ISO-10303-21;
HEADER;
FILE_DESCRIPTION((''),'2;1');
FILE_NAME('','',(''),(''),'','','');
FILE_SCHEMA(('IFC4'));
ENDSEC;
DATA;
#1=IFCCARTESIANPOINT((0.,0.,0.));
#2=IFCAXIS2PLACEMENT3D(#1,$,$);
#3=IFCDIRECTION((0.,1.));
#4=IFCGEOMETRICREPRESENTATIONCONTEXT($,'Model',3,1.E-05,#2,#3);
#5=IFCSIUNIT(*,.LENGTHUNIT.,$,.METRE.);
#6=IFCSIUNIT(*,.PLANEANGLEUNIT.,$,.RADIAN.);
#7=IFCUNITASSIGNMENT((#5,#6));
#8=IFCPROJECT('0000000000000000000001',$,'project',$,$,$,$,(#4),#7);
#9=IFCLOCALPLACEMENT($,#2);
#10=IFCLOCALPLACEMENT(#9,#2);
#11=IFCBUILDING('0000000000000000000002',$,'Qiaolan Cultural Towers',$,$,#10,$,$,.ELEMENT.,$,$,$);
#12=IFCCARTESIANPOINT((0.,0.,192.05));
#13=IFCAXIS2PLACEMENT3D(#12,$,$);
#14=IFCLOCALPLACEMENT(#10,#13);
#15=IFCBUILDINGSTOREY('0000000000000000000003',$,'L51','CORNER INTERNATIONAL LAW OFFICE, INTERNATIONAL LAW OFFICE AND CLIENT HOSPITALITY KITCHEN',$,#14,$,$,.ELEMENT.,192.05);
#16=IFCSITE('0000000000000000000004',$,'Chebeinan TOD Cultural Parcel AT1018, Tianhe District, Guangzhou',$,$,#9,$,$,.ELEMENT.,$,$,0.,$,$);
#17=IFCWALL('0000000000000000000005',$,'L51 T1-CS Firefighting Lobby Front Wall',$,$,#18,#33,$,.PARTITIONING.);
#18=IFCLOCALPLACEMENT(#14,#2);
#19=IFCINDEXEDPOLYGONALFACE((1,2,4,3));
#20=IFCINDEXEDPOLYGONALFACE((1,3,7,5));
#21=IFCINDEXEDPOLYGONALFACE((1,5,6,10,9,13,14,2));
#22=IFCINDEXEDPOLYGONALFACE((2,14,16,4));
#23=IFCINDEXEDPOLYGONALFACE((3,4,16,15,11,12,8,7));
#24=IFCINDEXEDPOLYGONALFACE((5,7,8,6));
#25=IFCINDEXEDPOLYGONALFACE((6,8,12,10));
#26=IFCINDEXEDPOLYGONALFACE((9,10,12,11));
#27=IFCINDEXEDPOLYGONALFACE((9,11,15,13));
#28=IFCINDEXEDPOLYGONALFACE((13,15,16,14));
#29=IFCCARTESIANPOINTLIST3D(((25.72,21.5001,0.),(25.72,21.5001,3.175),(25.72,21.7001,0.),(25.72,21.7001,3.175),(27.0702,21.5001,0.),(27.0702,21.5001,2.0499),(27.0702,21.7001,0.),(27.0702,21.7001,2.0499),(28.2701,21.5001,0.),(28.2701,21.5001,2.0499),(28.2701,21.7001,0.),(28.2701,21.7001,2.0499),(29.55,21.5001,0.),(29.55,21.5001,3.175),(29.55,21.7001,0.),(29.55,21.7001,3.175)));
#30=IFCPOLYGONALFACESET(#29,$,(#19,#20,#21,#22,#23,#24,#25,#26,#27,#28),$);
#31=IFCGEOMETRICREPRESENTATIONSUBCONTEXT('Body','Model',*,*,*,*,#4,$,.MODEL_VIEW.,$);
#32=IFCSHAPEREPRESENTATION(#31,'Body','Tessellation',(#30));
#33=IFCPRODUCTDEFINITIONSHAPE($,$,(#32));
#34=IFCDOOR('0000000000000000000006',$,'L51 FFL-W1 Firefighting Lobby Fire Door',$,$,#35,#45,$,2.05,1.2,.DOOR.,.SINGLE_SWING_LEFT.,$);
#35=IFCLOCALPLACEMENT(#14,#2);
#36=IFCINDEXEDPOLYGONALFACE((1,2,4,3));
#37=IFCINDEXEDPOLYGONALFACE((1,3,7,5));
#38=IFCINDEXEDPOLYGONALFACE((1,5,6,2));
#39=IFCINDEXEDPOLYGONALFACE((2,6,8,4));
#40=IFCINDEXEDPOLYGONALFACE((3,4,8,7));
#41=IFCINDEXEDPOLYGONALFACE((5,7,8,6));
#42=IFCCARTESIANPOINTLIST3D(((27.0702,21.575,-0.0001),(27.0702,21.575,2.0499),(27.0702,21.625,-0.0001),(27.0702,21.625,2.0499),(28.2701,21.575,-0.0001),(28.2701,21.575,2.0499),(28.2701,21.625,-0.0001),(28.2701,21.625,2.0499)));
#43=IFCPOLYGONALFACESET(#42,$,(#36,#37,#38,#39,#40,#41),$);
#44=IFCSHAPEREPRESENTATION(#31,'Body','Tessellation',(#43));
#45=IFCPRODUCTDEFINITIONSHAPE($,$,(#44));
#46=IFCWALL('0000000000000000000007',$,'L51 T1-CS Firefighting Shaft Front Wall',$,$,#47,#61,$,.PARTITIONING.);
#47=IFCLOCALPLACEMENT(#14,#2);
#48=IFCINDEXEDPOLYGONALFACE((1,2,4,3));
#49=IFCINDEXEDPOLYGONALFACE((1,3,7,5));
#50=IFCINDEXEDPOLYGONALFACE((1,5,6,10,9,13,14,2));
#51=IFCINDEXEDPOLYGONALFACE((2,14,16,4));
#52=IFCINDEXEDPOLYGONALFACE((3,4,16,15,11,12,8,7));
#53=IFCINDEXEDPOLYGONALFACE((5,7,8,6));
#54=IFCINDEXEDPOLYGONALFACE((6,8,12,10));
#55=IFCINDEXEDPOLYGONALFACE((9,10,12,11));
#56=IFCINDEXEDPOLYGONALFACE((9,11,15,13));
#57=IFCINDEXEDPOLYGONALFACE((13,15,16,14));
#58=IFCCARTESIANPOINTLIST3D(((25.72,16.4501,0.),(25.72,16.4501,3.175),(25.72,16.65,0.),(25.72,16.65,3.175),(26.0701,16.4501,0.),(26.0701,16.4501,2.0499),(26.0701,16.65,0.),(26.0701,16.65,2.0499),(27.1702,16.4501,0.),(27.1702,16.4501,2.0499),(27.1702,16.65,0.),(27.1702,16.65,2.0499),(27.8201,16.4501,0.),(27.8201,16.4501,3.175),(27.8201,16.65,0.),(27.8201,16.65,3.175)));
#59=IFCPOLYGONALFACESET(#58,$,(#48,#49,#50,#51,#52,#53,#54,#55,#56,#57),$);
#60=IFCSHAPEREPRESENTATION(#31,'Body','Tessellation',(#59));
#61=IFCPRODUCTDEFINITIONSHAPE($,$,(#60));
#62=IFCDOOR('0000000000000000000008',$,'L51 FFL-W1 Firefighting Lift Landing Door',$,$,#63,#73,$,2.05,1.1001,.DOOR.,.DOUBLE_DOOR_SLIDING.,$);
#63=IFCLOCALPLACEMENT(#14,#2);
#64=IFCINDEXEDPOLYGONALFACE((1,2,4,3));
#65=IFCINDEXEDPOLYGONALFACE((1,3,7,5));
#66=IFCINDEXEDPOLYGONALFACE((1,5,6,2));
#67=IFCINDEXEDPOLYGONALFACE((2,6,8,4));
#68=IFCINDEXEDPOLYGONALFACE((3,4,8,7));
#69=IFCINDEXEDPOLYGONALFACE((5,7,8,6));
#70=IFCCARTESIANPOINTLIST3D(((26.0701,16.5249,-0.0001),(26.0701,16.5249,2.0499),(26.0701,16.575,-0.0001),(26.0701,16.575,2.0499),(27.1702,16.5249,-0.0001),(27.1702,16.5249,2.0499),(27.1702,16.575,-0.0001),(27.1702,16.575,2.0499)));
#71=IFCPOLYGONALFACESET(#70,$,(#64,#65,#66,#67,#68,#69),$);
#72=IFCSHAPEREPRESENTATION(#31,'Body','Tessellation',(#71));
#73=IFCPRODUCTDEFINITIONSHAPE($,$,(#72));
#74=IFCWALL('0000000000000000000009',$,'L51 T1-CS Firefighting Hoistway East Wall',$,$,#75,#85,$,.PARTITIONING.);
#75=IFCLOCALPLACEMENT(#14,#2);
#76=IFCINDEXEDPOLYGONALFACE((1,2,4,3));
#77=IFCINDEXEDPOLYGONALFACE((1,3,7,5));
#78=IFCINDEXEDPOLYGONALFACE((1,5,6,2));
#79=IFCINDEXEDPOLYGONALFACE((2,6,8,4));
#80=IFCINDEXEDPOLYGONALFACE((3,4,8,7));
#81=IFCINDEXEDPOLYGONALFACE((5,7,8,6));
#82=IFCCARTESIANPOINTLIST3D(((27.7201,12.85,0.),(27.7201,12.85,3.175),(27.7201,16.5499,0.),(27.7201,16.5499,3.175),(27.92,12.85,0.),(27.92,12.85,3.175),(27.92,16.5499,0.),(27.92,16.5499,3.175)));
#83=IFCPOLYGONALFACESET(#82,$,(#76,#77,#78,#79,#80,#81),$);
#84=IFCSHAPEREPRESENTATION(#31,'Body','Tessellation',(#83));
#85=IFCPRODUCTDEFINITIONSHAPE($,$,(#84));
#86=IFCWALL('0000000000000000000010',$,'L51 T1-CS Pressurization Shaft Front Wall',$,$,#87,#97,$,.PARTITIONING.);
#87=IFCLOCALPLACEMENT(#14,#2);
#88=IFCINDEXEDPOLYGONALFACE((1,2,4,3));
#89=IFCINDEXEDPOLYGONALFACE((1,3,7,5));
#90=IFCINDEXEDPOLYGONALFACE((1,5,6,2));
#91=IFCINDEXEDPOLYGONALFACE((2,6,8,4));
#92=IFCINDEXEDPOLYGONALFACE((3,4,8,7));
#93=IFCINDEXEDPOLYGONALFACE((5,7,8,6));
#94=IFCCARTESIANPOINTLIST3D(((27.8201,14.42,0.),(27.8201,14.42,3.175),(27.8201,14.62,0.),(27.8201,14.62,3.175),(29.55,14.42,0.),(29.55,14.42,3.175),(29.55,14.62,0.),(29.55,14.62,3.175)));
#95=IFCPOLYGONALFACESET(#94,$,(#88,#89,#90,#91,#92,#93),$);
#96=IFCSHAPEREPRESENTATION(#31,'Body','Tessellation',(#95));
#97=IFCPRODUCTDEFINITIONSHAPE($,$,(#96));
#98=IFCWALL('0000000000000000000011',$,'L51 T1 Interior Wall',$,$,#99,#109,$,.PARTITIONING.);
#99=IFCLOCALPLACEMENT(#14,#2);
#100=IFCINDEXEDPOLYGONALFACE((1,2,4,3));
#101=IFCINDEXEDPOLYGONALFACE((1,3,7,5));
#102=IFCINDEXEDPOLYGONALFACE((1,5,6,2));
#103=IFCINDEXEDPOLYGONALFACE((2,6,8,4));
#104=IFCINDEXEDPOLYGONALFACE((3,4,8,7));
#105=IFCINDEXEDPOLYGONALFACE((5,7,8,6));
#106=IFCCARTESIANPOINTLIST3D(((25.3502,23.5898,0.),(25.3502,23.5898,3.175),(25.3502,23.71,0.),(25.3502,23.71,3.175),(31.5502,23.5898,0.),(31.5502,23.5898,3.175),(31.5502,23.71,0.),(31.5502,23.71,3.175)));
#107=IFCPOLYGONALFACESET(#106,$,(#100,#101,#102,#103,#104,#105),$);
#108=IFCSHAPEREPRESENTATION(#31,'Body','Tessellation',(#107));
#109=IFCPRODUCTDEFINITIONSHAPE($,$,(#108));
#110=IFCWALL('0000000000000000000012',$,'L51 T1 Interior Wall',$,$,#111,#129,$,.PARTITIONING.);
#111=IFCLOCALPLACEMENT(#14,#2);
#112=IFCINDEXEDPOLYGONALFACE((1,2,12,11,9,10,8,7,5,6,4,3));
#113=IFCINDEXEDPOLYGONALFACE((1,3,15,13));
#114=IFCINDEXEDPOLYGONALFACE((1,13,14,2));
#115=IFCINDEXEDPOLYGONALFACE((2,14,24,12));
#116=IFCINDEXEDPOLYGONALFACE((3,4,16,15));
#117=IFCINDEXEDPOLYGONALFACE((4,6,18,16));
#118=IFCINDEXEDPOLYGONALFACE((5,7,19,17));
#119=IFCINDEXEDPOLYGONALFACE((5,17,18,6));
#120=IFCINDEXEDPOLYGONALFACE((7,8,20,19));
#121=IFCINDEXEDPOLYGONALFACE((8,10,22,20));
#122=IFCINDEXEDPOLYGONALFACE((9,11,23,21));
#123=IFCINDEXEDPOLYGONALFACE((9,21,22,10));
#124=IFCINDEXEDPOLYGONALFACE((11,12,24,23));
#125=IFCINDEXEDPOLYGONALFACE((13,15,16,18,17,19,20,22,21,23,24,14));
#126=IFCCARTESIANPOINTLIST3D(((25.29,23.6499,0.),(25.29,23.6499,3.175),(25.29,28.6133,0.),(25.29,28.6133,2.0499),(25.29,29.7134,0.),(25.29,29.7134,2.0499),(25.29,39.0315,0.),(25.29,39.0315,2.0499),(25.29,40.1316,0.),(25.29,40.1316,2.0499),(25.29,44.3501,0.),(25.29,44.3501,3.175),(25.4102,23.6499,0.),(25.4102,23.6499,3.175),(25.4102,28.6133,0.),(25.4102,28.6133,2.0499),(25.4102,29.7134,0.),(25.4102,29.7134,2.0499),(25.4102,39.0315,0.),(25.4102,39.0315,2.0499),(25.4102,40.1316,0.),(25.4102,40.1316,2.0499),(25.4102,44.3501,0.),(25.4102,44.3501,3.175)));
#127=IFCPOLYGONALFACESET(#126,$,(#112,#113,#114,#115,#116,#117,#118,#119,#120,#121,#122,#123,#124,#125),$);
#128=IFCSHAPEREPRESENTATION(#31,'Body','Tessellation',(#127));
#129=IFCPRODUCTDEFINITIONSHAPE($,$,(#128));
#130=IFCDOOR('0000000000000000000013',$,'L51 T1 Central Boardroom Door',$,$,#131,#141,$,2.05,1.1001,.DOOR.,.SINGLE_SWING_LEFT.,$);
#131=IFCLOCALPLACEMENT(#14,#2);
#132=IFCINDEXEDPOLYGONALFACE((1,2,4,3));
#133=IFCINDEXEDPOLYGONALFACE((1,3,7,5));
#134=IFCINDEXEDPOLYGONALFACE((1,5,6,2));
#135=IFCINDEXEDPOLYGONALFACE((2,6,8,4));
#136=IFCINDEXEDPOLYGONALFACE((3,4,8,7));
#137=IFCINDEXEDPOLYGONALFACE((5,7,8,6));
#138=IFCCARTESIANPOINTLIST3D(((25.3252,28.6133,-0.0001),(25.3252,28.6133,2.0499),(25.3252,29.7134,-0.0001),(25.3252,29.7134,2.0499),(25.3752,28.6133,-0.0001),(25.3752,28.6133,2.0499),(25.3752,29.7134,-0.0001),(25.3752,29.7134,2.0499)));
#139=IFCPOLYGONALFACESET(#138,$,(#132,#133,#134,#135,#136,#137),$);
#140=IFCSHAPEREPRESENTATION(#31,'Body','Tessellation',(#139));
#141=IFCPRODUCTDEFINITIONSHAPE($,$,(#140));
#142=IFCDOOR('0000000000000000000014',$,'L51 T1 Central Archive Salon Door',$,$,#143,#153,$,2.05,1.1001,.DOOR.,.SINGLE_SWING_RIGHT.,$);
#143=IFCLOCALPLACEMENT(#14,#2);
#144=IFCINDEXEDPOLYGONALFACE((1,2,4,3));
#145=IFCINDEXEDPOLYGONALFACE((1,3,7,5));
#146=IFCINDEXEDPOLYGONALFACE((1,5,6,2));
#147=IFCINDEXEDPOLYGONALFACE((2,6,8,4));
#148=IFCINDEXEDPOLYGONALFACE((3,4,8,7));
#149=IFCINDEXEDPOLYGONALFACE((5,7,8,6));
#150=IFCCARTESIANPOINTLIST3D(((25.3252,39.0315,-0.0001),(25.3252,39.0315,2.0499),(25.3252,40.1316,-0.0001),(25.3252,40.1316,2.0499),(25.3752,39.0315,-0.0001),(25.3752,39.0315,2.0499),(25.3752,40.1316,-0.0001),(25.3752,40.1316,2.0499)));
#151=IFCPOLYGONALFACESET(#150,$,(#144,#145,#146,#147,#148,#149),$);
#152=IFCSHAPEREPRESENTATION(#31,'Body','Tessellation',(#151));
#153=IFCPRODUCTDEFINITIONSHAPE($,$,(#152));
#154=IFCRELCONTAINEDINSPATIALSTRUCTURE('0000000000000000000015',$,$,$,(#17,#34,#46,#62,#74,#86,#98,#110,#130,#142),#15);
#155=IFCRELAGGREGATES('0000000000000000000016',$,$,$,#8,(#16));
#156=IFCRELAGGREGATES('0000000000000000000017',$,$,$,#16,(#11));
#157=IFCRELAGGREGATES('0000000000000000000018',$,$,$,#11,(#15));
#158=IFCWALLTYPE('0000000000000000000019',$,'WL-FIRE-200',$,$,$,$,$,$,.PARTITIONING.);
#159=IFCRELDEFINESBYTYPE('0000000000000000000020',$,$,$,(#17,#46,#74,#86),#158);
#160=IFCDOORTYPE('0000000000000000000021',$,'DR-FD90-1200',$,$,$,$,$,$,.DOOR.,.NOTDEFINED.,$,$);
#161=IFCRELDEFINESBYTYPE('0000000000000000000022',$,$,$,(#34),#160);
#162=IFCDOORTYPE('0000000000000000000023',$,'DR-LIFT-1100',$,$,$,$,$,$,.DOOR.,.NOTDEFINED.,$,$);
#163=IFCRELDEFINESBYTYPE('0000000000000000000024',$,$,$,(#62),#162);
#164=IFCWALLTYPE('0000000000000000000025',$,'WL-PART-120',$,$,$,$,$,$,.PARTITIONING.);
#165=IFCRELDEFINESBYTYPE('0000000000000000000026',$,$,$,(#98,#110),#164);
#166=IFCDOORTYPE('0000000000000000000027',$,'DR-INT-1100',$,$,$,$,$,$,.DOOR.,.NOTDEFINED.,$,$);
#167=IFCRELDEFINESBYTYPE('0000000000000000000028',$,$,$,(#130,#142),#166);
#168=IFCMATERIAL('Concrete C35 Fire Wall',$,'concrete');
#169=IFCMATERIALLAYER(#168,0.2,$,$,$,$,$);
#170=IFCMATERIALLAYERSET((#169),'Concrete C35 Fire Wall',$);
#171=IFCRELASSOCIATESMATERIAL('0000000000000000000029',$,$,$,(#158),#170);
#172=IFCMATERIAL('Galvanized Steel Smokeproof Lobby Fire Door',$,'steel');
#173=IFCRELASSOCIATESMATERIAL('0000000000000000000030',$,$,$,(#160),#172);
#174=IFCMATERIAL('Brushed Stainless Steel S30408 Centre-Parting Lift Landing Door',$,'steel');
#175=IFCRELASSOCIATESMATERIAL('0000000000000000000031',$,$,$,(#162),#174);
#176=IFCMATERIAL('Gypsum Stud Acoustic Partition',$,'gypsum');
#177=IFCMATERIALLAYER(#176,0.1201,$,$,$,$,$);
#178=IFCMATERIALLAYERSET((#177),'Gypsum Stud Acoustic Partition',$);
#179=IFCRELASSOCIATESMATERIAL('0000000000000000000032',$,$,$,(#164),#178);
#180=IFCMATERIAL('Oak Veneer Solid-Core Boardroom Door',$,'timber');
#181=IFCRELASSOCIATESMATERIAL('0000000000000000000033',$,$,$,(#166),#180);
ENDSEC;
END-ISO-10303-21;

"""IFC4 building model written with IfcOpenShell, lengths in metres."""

from ifc_helpers import new_model, si_unit, direction, frame, frame_2d, origin, place, context, subcontext, project, spatial, rectangle, extrude, material, layer, layer_set, type_object, element, fill, save


model = new_model("IFC4")

# Units and contexts
model_context = context("Model", 3, precision=1e-05, world=origin(), true_north=direction((0.0, 1.0)))
body_context = subcontext(model_context, "Body", "Model", "MODEL_VIEW")
ifc_project = project(units=[si_unit("LENGTHUNIT", "METRE"), si_unit("PLANEANGLEUNIT", "RADIAN")], contexts=[model_context])

# Site, building, storey
site_placement = place(None, origin())
site = spatial("IfcSite", under=ifc_project, at=site_placement, Name="Chebeinan TOD Cultural Parcel AT1018, Tianhe District, Guangzhou", CompositionType="ELEMENT", RefElevation=0.0)
building_placement = place(site_placement, origin())
building = spatial("IfcBuilding", under=site, at=building_placement, Name="Qiaolan Cultural Towers", CompositionType="ELEMENT")
storey_placement = place(building_placement, frame((0.0, 0.0, 192.05)))
storey = spatial("IfcBuildingStorey", under=building, at=storey_placement, Name="L51", Description="CORNER INTERNATIONAL LAW OFFICE, INTERNATIONAL LAW OFFICE AND CLIENT HOSPITALITY KITCHEN", CompositionType="ELEMENT", Elevation=192.05)

# Shared definitions
ifc_material_1 = material(Name="Concrete C35 Fire Wall", Category="concrete")
ifc_layer_1 = layer(ifc_material_1, 0.2)
ifc_layer_set_1 = layer_set([ifc_layer_1], Name="Concrete C35 Fire Wall")
wall_type_1 = type_object("IfcWallType", Name="WL-FIRE-200", PredefinedType="PARTITIONING", material=ifc_layer_set_1)

# Walls, openings, doors
wall_1_placement = place(storey_placement, frame((25.72, 21.6001, 0.0), z_axis=(0.0, 0.0, 1.0), x_axis=(1.0, 0.0, 0.0)))
wall_1 = element("IfcWall", 1, at=wall_1_placement, inside=storey, type_object=wall_type_1, Name="L51 T1-CS Firefighting Lobby Front Wall", PredefinedType="PARTITIONING", context=body_context, shape_type="SweptSolid", body=[
    extrude(rectangle(XDim=3.8301, YDim=0.2, at=frame_2d((1.915, 0.0))), origin(), (0.0, 0.0, 1.0), 3.175),
])
opening_1_placement = place(wall_1_placement, frame((1.3501, 0.0, 0.0)))
opening_1 = element("IfcOpeningElement", 2, at=opening_1_placement, cuts=wall_1, PredefinedType="OPENING", context=body_context, shape_type="SweptSolid", body=[
    extrude(rectangle(XDim=1.2, YDim=2.05, at=frame_2d((0.6001, 1.0249))), frame((0.0, 0.1099, 0.0), z_axis=(0.0, -1.0, 0.0), x_axis=(1.0, 0.0, 0.0)), (0.0, 0.0, 1.0), 0.22),
])
ifc_material_2 = material(Name="Galvanized Steel Smokeproof Lobby Fire Door", Category="steel")
door_type_1 = type_object("IfcDoorType", Name="DR-FD90-1200", OperationType="NOTDEFINED", PredefinedType="DOOR", material=ifc_material_2)
door_1_placement = place(opening_1_placement, origin())
door_1 = element("IfcDoor", 3, at=door_1_placement, inside=storey, type_object=door_type_1, Name="L51 FFL-W1 Firefighting Lobby Fire Door", OperationType="SINGLE_SWING_LEFT", OverallHeight=2.05, OverallWidth=1.2, PredefinedType="DOOR", context=body_context, shape_type="SweptSolid", body=[
    extrude(rectangle(XDim=1.2, YDim=2.05, at=frame_2d((0.6001, 1.0249))), frame((0.0, 0.0249, 0.0), z_axis=(0.0, -1.0, 0.0), x_axis=(1.0, 0.0, 0.0)), (0.0, 0.0, 1.0), 0.05),
])
fill(opening_1, door_1)
wall_2_placement = place(storey_placement, frame((25.72, 16.55, 0.0), z_axis=(0.0, 0.0, 1.0), x_axis=(1.0, 0.0, 0.0)))
wall_2 = element("IfcWall", 4, at=wall_2_placement, inside=storey, type_object=wall_type_1, Name="L51 T1-CS Firefighting Shaft Front Wall", PredefinedType="PARTITIONING", context=body_context, shape_type="SweptSolid", body=[
    extrude(rectangle(XDim=2.1001, YDim=0.2, at=frame_2d((1.05, 0.0))), origin(), (0.0, 0.0, 1.0), 3.175),
])
opening_2_placement = place(wall_2_placement, frame((0.3501, 0.0, 0.0)))
opening_2 = element("IfcOpeningElement", 5, at=opening_2_placement, cuts=wall_2, PredefinedType="OPENING", context=body_context, shape_type="SweptSolid", body=[
    extrude(rectangle(XDim=1.1001, YDim=2.05, at=frame_2d((0.55, 1.0249))), frame((0.0, 0.1099, 0.0), z_axis=(0.0, -1.0, 0.0), x_axis=(1.0, 0.0, 0.0)), (0.0, 0.0, 1.0), 0.22),
])
ifc_material_3 = material(Name="Brushed Stainless Steel S30408 Centre-Parting Lift Landing Door", Category="steel")
door_type_2 = type_object("IfcDoorType", Name="DR-LIFT-1100", OperationType="NOTDEFINED", PredefinedType="DOOR", material=ifc_material_3)
door_2_placement = place(opening_2_placement, origin())
door_2 = element("IfcDoor", 6, at=door_2_placement, inside=storey, type_object=door_type_2, Name="L51 FFL-W1 Firefighting Lift Landing Door", OperationType="DOUBLE_DOOR_SLIDING", OverallHeight=2.05, OverallWidth=1.1001, PredefinedType="DOOR", context=body_context, shape_type="SweptSolid", body=[
    extrude(rectangle(XDim=1.1001, YDim=2.05, at=frame_2d((0.55, 1.0249))), frame((0.0, 0.0249, 0.0), z_axis=(0.0, -1.0, 0.0), x_axis=(1.0, 0.0, 0.0)), (0.0, 0.0, 1.0), 0.05),
])
fill(opening_2, door_2)

# Walls
wall_3_placement = place(storey_placement, frame((27.8201, 16.55, 0.0), z_axis=(0.0, 0.0, 1.0), x_axis=(0.0, -1.0, 0.0)))
element("IfcWall", 7, at=wall_3_placement, inside=storey, type_object=wall_type_1, Name="L51 T1-CS Firefighting Hoistway East Wall", PredefinedType="PARTITIONING", context=body_context, shape_type="SweptSolid", body=[
    extrude(rectangle(XDim=3.7, YDim=0.2, at=frame_2d((1.8501, 0.0))), origin(), (0.0, 0.0, 1.0), 3.175),
])
wall_4_placement = place(storey_placement, frame((27.8201, 14.52, 0.0), z_axis=(0.0, 0.0, 1.0), x_axis=(1.0, 0.0, 0.0)))
element("IfcWall", 8, at=wall_4_placement, inside=storey, type_object=wall_type_1, Name="L51 T1-CS Pressurization Shaft Front Wall", PredefinedType="PARTITIONING", context=body_context, shape_type="SweptSolid", body=[
    extrude(rectangle(XDim=1.73, YDim=0.2, at=frame_2d((0.865, 0.0))), origin(), (0.0, 0.0, 1.0), 3.175),
])
ifc_material_4 = material(Name="Gypsum Stud Acoustic Partition", Category="gypsum")
ifc_layer_2 = layer(ifc_material_4, 0.1201)
ifc_layer_set_2 = layer_set([ifc_layer_2], Name="Gypsum Stud Acoustic Partition")
wall_type_2 = type_object("IfcWallType", Name="WL-PART-120", PredefinedType="PARTITIONING", material=ifc_layer_set_2)
wall_5_placement = place(storey_placement, frame((25.3501, 23.6499, 0.0), z_axis=(0.0, 0.0, 1.0), x_axis=(1.0, 0.0, 0.0)))
element("IfcWall", 9, at=wall_5_placement, inside=storey, type_object=wall_type_2, Name="L51 T1 Interior Wall", PredefinedType="PARTITIONING", context=body_context, shape_type="SweptSolid", body=[
    extrude(rectangle(XDim=6.2, YDim=0.1201, at=frame_2d((3.1001, 0.0))), origin(), (0.0, 0.0, 1.0), 3.175),
])

# Wall, openings, doors
wall_6_placement = place(storey_placement, frame((25.3501, 23.6499, 0.0), z_axis=(0.0, 0.0, 1.0), x_axis=(0.0, 1.0, 0.0)))
wall_6 = element("IfcWall", 10, at=wall_6_placement, inside=storey, type_object=wall_type_2, Name="L51 T1 Interior Wall", PredefinedType="PARTITIONING", context=body_context, shape_type="SweptSolid", body=[
    extrude(rectangle(XDim=20.7002, YDim=0.1201, at=frame_2d((10.3501, 0.0))), origin(), (0.0, 0.0, 1.0), 3.175),
])
opening_3_placement = place(wall_6_placement, frame((4.9634, 0.0, 0.0)))
opening_3 = element("IfcOpeningElement", 11, at=opening_3_placement, cuts=wall_6, PredefinedType="OPENING", context=body_context, shape_type="SweptSolid", body=[
    extrude(rectangle(XDim=1.1001, YDim=2.05, at=frame_2d((0.55, 1.0249))), frame((0.0, 0.0701, 0.0), z_axis=(0.0, -1.0, 0.0), x_axis=(1.0, 0.0, 0.0)), (0.0, 0.0, 1.0), 0.1401),
])
opening_4_placement = place(wall_6_placement, frame((15.3816, 0.0, 0.0)))
opening_4 = element("IfcOpeningElement", 12, at=opening_4_placement, cuts=wall_6, PredefinedType="OPENING", context=body_context, shape_type="SweptSolid", body=[
    extrude(rectangle(XDim=1.1001, YDim=2.05, at=frame_2d((0.55, 1.0249))), frame((0.0, 0.0701, 0.0), z_axis=(0.0, -1.0, 0.0), x_axis=(1.0, 0.0, 0.0)), (0.0, 0.0, 1.0), 0.1401),
])
ifc_material_5 = material(Name="Oak Veneer Solid-Core Boardroom Door", Category="timber")
door_type_3 = type_object("IfcDoorType", Name="DR-INT-1100", OperationType="NOTDEFINED", PredefinedType="DOOR", material=ifc_material_5)
door_3_placement = place(opening_3_placement, origin())
door_3 = element("IfcDoor", 13, at=door_3_placement, inside=storey, type_object=door_type_3, Name="L51 T1 Central Boardroom Door", OperationType="SINGLE_SWING_LEFT", OverallHeight=2.05, OverallWidth=1.1001, PredefinedType="DOOR", context=body_context, shape_type="SweptSolid", body=[
    extrude(rectangle(XDim=1.1001, YDim=2.05, at=frame_2d((0.55, 1.0249))), frame((0.0, 0.0249, 0.0), z_axis=(0.0, -1.0, 0.0), x_axis=(1.0, 0.0, 0.0)), (0.0, 0.0, 1.0), 0.05),
])
fill(opening_3, door_3)
door_4_placement = place(opening_4_placement, origin())
door_4 = element("IfcDoor", 14, at=door_4_placement, inside=storey, type_object=door_type_3, Name="L51 T1 Central Archive Salon Door", OperationType="SINGLE_SWING_RIGHT", OverallHeight=2.05, OverallWidth=1.1001, PredefinedType="DOOR", context=body_context, shape_type="SweptSolid", body=[
    extrude(rectangle(XDim=1.1001, YDim=2.05, at=frame_2d((0.55, 1.0249))), frame((0.0, 0.0249, 0.0), z_axis=(0.0, -1.0, 0.0), x_axis=(1.0, 0.0, 0.0)), (0.0, 0.0, 1.0), 0.05),
])
fill(opening_4, door_4)

save(model, "model.ifc")
